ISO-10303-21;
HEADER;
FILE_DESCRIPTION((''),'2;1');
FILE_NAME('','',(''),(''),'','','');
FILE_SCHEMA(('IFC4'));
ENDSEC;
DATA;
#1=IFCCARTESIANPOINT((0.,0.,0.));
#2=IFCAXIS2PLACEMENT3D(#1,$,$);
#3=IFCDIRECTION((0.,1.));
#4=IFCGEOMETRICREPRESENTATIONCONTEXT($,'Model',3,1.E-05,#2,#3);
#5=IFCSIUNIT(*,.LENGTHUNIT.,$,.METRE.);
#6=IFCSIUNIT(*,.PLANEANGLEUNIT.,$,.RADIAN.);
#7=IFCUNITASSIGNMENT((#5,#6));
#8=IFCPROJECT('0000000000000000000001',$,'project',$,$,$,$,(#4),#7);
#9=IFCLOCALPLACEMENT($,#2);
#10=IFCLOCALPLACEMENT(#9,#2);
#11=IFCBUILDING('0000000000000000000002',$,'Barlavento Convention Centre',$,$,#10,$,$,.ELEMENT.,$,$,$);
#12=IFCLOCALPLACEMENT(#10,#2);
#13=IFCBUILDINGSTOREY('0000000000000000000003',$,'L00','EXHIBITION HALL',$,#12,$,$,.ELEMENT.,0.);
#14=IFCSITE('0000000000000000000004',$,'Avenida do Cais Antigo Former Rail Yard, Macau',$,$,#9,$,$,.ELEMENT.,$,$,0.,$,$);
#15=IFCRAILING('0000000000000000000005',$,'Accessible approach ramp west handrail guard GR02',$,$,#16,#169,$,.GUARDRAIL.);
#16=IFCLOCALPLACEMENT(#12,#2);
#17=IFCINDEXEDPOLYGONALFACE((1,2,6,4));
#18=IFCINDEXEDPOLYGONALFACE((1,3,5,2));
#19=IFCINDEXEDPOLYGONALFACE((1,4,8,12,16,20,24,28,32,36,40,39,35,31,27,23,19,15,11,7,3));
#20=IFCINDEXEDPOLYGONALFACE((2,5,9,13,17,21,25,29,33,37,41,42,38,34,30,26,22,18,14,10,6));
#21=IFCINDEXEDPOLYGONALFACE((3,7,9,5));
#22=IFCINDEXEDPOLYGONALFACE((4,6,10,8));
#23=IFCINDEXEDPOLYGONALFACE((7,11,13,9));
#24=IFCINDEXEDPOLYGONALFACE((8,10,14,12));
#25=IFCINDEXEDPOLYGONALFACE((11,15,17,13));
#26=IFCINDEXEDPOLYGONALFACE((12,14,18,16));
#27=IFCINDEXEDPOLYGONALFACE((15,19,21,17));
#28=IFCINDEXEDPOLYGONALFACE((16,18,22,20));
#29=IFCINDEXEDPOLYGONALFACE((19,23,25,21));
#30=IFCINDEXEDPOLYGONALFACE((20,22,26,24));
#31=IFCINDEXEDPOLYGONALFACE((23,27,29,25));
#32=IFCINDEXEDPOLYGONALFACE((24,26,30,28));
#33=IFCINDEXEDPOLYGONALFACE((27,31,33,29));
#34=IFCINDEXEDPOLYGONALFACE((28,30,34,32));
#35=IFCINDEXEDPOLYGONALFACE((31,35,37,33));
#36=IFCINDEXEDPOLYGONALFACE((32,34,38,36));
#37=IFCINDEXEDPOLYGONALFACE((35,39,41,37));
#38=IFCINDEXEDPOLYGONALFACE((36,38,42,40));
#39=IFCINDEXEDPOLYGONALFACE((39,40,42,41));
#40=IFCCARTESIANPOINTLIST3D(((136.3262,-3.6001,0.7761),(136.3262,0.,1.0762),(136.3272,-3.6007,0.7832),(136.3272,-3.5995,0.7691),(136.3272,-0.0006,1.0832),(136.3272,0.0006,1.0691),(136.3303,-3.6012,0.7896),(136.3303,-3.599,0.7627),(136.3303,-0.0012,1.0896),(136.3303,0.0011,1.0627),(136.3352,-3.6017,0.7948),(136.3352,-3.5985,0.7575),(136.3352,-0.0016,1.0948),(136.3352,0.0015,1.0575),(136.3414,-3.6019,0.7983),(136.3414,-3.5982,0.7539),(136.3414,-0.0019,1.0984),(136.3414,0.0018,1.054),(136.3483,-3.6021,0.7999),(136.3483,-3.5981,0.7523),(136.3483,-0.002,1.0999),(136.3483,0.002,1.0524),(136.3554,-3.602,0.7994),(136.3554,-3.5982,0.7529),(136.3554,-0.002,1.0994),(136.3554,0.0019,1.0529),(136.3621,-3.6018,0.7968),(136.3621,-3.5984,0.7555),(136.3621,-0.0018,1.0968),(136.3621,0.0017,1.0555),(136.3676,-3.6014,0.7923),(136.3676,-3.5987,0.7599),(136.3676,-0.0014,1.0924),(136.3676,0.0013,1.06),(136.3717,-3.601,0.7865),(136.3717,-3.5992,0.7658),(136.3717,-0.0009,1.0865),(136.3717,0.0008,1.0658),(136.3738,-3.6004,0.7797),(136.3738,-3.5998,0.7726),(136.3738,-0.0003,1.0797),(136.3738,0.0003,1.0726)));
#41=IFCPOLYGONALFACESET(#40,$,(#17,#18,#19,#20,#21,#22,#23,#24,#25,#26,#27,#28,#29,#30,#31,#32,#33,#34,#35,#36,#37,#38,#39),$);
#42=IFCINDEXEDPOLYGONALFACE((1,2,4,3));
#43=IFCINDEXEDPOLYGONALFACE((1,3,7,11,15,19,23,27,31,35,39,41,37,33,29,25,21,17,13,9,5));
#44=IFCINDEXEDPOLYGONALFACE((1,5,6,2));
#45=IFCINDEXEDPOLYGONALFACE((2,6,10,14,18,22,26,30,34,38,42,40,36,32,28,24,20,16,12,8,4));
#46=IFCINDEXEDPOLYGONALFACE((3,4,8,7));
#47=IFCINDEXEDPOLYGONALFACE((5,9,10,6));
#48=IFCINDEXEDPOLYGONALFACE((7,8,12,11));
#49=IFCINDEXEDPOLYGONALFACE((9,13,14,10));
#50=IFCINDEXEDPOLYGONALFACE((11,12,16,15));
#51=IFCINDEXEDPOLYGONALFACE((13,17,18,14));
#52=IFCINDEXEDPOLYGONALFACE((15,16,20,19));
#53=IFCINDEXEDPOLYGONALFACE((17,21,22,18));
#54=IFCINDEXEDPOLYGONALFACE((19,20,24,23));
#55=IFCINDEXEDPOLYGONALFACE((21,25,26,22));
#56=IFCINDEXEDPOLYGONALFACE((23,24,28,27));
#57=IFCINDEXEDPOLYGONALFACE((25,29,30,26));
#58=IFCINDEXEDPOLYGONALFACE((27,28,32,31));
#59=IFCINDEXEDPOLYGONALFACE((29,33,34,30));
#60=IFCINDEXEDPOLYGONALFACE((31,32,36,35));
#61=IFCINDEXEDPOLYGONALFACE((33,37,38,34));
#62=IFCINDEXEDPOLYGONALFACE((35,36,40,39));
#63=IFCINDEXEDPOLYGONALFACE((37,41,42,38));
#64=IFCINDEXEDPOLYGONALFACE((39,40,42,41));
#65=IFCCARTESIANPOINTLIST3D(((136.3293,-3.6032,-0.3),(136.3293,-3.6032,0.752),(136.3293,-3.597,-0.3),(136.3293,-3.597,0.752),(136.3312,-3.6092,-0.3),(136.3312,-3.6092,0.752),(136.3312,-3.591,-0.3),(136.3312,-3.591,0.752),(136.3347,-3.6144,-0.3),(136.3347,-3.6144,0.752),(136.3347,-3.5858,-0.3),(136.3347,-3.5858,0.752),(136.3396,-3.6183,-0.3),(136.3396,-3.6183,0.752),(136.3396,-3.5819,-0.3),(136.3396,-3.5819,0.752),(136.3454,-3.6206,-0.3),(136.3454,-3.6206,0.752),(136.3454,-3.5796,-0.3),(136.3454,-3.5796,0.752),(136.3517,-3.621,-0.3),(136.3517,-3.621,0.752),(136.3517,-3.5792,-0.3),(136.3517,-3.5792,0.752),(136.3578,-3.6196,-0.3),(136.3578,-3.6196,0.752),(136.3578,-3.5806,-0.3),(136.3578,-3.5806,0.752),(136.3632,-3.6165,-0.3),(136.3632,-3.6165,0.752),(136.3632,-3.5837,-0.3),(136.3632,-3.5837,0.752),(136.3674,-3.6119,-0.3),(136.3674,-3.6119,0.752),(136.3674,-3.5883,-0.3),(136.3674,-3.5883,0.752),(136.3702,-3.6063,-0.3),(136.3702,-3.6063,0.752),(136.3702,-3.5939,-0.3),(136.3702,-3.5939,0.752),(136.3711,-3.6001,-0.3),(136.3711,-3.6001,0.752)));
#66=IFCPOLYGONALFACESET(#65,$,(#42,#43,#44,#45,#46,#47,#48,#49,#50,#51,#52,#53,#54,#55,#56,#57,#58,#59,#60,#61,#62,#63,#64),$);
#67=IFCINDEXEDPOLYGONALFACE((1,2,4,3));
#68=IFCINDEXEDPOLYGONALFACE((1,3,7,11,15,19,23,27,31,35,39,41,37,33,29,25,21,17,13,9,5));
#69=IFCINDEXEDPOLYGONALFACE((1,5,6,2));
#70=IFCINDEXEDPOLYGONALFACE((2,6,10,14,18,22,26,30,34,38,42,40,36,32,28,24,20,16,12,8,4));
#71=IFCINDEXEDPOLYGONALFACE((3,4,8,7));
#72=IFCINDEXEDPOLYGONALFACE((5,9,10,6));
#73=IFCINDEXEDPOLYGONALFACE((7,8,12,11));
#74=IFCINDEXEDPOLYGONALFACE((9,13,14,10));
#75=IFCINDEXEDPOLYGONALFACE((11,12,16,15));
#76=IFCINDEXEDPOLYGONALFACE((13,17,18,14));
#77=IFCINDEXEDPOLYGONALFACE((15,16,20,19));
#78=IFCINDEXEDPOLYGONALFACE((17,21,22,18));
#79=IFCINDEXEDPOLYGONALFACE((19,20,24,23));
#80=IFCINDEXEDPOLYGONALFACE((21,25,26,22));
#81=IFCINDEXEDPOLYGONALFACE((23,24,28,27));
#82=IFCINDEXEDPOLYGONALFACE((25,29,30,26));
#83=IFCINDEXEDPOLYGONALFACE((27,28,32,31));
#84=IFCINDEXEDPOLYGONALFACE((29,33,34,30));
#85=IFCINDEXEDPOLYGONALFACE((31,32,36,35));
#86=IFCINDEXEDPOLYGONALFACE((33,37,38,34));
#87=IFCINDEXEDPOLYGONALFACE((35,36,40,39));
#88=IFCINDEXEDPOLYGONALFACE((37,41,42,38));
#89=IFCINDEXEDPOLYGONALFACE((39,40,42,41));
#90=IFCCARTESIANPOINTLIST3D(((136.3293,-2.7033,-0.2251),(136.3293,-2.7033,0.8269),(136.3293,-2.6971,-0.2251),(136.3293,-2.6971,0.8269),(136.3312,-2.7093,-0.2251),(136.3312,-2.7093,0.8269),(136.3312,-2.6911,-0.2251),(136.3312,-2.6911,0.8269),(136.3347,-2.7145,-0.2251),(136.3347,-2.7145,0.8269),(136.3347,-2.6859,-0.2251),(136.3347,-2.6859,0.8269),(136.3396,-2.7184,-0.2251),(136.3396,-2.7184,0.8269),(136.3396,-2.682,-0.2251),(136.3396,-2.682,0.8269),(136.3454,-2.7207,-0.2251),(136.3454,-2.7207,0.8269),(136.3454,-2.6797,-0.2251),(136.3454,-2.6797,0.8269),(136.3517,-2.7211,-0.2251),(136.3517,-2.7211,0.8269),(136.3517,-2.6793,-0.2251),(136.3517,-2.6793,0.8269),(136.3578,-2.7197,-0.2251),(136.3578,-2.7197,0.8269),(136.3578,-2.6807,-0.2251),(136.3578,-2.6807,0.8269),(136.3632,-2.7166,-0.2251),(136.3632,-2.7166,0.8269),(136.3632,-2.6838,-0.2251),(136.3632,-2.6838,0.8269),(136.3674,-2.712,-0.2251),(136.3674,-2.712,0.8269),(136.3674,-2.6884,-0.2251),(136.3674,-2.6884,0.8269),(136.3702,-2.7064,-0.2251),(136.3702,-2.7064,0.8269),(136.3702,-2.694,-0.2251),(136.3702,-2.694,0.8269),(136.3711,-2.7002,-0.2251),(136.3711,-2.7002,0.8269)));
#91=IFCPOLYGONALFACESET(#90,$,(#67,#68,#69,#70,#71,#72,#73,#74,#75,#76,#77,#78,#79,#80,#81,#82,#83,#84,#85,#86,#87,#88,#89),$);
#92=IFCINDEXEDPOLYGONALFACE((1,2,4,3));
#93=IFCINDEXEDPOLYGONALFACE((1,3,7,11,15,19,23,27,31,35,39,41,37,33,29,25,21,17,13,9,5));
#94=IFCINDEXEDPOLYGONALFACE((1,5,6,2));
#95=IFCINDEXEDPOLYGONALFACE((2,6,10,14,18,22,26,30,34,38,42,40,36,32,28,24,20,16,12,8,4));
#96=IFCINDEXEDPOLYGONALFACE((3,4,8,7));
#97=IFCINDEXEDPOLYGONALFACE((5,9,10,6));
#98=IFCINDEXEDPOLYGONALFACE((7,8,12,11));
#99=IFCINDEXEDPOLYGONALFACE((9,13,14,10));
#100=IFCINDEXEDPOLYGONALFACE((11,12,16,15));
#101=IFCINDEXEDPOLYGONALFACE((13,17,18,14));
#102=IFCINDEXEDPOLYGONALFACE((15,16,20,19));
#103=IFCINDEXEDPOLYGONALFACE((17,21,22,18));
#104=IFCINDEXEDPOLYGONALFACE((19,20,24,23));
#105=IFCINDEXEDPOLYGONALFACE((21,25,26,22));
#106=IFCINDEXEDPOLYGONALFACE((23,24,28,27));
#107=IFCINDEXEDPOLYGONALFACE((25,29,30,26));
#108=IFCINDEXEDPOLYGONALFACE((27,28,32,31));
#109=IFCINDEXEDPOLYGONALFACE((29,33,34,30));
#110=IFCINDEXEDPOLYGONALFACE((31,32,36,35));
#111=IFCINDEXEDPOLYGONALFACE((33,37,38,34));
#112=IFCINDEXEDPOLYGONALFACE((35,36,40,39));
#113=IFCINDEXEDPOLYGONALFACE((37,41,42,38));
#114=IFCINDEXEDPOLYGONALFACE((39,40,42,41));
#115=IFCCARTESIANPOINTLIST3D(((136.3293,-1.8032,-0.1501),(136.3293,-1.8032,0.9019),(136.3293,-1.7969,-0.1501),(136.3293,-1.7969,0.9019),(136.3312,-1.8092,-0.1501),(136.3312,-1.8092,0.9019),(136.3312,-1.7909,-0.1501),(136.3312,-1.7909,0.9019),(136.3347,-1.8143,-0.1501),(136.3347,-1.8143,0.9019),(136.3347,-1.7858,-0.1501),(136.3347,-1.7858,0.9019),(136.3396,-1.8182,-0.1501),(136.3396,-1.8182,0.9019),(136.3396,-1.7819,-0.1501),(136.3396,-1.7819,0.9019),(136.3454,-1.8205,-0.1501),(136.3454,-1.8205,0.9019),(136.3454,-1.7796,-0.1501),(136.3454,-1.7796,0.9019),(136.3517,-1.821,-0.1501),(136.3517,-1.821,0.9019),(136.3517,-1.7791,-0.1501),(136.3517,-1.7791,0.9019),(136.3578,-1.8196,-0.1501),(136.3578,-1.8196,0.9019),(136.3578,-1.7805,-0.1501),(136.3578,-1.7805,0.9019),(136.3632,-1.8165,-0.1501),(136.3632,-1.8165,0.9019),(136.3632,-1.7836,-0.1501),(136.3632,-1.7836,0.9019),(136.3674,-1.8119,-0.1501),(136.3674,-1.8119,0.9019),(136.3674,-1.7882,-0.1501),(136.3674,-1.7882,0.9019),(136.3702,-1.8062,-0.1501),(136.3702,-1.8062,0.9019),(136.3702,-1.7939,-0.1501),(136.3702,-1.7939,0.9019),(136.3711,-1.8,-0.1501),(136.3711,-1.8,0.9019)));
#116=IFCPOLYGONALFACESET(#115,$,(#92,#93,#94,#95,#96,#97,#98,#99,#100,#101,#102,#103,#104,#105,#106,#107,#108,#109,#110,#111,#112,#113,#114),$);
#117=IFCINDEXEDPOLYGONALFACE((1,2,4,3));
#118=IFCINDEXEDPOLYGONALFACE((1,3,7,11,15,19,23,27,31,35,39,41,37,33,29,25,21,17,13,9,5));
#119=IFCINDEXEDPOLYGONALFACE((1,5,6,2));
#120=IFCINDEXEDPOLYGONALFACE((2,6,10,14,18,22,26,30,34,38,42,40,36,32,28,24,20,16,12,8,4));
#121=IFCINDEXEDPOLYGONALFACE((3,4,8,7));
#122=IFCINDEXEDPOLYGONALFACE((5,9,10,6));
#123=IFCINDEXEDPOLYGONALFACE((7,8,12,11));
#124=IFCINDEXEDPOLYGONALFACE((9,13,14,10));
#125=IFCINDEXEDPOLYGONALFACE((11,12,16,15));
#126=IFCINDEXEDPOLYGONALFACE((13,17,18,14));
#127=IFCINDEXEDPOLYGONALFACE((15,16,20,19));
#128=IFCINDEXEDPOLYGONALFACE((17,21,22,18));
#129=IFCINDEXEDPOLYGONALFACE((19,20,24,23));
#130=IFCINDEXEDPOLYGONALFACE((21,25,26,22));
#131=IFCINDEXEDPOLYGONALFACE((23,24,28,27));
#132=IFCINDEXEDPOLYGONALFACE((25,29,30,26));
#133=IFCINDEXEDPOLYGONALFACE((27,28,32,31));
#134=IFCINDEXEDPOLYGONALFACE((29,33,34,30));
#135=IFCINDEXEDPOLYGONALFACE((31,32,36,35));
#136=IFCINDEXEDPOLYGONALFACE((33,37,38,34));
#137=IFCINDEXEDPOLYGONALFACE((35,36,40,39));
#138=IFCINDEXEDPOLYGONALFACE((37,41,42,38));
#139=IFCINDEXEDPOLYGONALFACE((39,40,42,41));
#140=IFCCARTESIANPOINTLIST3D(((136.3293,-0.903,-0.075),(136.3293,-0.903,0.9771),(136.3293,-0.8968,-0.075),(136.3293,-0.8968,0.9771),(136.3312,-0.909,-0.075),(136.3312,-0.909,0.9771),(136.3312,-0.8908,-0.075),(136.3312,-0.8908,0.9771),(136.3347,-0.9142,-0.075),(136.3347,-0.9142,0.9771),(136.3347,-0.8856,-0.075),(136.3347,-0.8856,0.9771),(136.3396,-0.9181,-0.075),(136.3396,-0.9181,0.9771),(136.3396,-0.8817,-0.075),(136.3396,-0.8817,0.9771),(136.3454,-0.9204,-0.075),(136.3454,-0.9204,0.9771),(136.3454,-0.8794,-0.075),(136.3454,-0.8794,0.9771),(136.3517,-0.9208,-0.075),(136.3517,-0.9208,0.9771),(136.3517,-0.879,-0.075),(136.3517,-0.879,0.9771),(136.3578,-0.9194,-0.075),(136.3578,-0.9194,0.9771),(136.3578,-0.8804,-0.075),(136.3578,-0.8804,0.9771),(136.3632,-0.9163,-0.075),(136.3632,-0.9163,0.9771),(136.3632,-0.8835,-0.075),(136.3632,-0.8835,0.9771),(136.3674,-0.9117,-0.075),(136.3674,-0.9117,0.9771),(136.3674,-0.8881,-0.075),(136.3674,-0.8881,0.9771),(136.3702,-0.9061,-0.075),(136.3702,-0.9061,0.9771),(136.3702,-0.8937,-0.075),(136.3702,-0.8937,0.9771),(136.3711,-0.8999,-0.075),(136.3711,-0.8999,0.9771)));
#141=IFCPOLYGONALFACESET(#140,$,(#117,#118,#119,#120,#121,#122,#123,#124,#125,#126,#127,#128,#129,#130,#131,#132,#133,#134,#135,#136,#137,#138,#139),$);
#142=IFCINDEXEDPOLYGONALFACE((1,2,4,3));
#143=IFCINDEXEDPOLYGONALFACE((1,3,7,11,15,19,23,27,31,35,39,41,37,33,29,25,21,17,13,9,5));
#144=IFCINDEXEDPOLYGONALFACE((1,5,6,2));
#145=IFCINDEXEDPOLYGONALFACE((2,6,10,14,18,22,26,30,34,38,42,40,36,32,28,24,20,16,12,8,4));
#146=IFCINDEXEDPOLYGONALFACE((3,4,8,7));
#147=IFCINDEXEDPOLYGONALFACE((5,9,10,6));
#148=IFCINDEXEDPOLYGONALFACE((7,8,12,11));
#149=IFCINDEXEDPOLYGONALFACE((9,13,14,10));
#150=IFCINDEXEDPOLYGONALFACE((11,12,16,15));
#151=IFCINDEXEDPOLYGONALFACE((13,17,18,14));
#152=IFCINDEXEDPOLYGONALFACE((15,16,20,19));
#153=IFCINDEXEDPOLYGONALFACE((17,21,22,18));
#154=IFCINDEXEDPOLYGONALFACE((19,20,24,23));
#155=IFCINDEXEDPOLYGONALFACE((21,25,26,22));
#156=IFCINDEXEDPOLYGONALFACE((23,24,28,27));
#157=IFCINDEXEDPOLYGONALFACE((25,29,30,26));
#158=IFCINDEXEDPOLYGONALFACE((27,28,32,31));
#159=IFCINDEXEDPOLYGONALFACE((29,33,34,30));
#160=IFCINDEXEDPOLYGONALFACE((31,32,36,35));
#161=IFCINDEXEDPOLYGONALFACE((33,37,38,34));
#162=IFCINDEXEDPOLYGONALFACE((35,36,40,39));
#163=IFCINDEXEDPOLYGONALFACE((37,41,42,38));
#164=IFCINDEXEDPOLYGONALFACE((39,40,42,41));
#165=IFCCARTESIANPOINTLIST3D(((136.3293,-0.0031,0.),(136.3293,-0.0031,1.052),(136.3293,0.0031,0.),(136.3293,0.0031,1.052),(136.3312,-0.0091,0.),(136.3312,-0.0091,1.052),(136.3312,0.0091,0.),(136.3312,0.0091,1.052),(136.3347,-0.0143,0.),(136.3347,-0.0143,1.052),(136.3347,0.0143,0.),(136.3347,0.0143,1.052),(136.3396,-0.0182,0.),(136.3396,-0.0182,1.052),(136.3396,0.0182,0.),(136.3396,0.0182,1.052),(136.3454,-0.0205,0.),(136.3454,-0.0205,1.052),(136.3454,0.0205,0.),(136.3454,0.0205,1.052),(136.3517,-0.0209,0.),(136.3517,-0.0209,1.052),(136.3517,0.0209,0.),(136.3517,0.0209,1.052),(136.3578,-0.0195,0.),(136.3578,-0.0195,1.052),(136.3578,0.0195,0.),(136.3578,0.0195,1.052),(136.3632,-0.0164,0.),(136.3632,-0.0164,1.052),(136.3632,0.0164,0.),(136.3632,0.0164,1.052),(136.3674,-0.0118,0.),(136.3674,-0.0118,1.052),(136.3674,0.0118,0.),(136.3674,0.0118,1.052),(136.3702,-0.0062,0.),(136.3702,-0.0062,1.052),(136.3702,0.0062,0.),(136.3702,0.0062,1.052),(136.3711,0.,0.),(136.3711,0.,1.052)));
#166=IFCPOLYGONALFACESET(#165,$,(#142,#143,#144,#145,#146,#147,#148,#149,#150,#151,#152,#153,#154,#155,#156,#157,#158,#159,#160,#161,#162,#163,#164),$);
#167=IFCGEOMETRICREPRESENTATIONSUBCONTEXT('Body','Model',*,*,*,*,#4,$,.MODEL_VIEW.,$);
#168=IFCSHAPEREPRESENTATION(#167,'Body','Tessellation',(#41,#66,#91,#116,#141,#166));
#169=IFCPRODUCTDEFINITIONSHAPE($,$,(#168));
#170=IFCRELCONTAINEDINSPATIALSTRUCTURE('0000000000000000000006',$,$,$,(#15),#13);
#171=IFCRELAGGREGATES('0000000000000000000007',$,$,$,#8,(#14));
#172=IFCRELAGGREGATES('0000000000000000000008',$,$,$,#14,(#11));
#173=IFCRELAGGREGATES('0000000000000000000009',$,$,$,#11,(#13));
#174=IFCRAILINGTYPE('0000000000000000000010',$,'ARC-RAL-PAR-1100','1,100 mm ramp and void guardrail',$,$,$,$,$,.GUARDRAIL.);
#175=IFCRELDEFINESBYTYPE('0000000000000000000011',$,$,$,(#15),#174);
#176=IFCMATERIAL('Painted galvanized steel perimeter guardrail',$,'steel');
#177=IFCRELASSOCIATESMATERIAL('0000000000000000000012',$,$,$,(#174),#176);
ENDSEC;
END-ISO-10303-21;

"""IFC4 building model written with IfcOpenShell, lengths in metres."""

from ifc_helpers import new_model, si_unit, direction, frame, origin, origin_2d, place, context, subcontext, project, spatial, circle, extrude, material, type_object, element, save


model = new_model("IFC4")

# Units and contexts
model_context = context("Model", 3, precision=1e-05, world=origin(), true_north=direction((0.0, 1.0)))
body_context = subcontext(model_context, "Body", "Model", "MODEL_VIEW")
ifc_project = project(units=[si_unit("LENGTHUNIT", "METRE"), si_unit("PLANEANGLEUNIT", "RADIAN")], contexts=[model_context])

# Site, building, storey
site_placement = place(None, origin())
site = spatial("IfcSite", under=ifc_project, at=site_placement, Name="Avenida do Cais Antigo Former Rail Yard, Macau", CompositionType="ELEMENT", RefElevation=0.0)
building_placement = place(site_placement, origin())
building = spatial("IfcBuilding", under=site, at=building_placement, Name="Barlavento Convention Centre", CompositionType="ELEMENT")
storey_placement = place(building_placement, origin())
storey = spatial("IfcBuildingStorey", under=building, at=storey_placement, Name="L00", Description="EXHIBITION HALL", CompositionType="ELEMENT", Elevation=0.0)

# Railing
ifc_material_1 = material(Name="Painted galvanized steel perimeter guardrail", Category="steel")
railing_type = type_object("IfcRailingType", Name="ARC-RAL-PAR-1100", Description="1,100 mm ramp and void guardrail", PredefinedType="GUARDRAIL", material=ifc_material_1)
for number, where, name in (
    (1, (136.3501, -3.6001, -0.3), "Accessible approach ramp west handrail guard GR02"),
):
    element("IfcRailing", number, at=place(storey_placement, frame(where)), inside=storey, type_object=railing_type, Name=name, PredefinedType="GUARDRAIL", context=body_context, shape_type="SweptSolid", body=[
        extrude(circle(Radius=0.0239, at=origin_2d()), frame((0.0, 0.0, 1.0762), z_axis=(0.0, 0.996545, 0.083057), x_axis=(-1.0, 0.0, 0.0)), (0.0, 0.0, 1.0), 3.6125),
        extrude(circle(Radius=0.021, at=origin_2d()), origin(), (0.0, 0.0, 1.0), 1.052),
        extrude(circle(Radius=0.021, at=origin_2d()), frame((0.0, 0.8999, 0.075)), (0.0, 0.0, 1.0), 1.052),
        extrude(circle(Radius=0.021, at=origin_2d()), frame((0.0, 1.8, 0.1499)), (0.0, 0.0, 1.0), 1.052),
        extrude(circle(Radius=0.021, at=origin_2d()), frame((0.0, 2.7002, 0.2251)), (0.0, 0.0, 1.0), 1.052),
        extrude(circle(Radius=0.021, at=origin_2d()), frame((0.0, 3.6001, 0.3)), (0.0, 0.0, 1.0), 1.052),
    ])

save(model, "model.ifc")
